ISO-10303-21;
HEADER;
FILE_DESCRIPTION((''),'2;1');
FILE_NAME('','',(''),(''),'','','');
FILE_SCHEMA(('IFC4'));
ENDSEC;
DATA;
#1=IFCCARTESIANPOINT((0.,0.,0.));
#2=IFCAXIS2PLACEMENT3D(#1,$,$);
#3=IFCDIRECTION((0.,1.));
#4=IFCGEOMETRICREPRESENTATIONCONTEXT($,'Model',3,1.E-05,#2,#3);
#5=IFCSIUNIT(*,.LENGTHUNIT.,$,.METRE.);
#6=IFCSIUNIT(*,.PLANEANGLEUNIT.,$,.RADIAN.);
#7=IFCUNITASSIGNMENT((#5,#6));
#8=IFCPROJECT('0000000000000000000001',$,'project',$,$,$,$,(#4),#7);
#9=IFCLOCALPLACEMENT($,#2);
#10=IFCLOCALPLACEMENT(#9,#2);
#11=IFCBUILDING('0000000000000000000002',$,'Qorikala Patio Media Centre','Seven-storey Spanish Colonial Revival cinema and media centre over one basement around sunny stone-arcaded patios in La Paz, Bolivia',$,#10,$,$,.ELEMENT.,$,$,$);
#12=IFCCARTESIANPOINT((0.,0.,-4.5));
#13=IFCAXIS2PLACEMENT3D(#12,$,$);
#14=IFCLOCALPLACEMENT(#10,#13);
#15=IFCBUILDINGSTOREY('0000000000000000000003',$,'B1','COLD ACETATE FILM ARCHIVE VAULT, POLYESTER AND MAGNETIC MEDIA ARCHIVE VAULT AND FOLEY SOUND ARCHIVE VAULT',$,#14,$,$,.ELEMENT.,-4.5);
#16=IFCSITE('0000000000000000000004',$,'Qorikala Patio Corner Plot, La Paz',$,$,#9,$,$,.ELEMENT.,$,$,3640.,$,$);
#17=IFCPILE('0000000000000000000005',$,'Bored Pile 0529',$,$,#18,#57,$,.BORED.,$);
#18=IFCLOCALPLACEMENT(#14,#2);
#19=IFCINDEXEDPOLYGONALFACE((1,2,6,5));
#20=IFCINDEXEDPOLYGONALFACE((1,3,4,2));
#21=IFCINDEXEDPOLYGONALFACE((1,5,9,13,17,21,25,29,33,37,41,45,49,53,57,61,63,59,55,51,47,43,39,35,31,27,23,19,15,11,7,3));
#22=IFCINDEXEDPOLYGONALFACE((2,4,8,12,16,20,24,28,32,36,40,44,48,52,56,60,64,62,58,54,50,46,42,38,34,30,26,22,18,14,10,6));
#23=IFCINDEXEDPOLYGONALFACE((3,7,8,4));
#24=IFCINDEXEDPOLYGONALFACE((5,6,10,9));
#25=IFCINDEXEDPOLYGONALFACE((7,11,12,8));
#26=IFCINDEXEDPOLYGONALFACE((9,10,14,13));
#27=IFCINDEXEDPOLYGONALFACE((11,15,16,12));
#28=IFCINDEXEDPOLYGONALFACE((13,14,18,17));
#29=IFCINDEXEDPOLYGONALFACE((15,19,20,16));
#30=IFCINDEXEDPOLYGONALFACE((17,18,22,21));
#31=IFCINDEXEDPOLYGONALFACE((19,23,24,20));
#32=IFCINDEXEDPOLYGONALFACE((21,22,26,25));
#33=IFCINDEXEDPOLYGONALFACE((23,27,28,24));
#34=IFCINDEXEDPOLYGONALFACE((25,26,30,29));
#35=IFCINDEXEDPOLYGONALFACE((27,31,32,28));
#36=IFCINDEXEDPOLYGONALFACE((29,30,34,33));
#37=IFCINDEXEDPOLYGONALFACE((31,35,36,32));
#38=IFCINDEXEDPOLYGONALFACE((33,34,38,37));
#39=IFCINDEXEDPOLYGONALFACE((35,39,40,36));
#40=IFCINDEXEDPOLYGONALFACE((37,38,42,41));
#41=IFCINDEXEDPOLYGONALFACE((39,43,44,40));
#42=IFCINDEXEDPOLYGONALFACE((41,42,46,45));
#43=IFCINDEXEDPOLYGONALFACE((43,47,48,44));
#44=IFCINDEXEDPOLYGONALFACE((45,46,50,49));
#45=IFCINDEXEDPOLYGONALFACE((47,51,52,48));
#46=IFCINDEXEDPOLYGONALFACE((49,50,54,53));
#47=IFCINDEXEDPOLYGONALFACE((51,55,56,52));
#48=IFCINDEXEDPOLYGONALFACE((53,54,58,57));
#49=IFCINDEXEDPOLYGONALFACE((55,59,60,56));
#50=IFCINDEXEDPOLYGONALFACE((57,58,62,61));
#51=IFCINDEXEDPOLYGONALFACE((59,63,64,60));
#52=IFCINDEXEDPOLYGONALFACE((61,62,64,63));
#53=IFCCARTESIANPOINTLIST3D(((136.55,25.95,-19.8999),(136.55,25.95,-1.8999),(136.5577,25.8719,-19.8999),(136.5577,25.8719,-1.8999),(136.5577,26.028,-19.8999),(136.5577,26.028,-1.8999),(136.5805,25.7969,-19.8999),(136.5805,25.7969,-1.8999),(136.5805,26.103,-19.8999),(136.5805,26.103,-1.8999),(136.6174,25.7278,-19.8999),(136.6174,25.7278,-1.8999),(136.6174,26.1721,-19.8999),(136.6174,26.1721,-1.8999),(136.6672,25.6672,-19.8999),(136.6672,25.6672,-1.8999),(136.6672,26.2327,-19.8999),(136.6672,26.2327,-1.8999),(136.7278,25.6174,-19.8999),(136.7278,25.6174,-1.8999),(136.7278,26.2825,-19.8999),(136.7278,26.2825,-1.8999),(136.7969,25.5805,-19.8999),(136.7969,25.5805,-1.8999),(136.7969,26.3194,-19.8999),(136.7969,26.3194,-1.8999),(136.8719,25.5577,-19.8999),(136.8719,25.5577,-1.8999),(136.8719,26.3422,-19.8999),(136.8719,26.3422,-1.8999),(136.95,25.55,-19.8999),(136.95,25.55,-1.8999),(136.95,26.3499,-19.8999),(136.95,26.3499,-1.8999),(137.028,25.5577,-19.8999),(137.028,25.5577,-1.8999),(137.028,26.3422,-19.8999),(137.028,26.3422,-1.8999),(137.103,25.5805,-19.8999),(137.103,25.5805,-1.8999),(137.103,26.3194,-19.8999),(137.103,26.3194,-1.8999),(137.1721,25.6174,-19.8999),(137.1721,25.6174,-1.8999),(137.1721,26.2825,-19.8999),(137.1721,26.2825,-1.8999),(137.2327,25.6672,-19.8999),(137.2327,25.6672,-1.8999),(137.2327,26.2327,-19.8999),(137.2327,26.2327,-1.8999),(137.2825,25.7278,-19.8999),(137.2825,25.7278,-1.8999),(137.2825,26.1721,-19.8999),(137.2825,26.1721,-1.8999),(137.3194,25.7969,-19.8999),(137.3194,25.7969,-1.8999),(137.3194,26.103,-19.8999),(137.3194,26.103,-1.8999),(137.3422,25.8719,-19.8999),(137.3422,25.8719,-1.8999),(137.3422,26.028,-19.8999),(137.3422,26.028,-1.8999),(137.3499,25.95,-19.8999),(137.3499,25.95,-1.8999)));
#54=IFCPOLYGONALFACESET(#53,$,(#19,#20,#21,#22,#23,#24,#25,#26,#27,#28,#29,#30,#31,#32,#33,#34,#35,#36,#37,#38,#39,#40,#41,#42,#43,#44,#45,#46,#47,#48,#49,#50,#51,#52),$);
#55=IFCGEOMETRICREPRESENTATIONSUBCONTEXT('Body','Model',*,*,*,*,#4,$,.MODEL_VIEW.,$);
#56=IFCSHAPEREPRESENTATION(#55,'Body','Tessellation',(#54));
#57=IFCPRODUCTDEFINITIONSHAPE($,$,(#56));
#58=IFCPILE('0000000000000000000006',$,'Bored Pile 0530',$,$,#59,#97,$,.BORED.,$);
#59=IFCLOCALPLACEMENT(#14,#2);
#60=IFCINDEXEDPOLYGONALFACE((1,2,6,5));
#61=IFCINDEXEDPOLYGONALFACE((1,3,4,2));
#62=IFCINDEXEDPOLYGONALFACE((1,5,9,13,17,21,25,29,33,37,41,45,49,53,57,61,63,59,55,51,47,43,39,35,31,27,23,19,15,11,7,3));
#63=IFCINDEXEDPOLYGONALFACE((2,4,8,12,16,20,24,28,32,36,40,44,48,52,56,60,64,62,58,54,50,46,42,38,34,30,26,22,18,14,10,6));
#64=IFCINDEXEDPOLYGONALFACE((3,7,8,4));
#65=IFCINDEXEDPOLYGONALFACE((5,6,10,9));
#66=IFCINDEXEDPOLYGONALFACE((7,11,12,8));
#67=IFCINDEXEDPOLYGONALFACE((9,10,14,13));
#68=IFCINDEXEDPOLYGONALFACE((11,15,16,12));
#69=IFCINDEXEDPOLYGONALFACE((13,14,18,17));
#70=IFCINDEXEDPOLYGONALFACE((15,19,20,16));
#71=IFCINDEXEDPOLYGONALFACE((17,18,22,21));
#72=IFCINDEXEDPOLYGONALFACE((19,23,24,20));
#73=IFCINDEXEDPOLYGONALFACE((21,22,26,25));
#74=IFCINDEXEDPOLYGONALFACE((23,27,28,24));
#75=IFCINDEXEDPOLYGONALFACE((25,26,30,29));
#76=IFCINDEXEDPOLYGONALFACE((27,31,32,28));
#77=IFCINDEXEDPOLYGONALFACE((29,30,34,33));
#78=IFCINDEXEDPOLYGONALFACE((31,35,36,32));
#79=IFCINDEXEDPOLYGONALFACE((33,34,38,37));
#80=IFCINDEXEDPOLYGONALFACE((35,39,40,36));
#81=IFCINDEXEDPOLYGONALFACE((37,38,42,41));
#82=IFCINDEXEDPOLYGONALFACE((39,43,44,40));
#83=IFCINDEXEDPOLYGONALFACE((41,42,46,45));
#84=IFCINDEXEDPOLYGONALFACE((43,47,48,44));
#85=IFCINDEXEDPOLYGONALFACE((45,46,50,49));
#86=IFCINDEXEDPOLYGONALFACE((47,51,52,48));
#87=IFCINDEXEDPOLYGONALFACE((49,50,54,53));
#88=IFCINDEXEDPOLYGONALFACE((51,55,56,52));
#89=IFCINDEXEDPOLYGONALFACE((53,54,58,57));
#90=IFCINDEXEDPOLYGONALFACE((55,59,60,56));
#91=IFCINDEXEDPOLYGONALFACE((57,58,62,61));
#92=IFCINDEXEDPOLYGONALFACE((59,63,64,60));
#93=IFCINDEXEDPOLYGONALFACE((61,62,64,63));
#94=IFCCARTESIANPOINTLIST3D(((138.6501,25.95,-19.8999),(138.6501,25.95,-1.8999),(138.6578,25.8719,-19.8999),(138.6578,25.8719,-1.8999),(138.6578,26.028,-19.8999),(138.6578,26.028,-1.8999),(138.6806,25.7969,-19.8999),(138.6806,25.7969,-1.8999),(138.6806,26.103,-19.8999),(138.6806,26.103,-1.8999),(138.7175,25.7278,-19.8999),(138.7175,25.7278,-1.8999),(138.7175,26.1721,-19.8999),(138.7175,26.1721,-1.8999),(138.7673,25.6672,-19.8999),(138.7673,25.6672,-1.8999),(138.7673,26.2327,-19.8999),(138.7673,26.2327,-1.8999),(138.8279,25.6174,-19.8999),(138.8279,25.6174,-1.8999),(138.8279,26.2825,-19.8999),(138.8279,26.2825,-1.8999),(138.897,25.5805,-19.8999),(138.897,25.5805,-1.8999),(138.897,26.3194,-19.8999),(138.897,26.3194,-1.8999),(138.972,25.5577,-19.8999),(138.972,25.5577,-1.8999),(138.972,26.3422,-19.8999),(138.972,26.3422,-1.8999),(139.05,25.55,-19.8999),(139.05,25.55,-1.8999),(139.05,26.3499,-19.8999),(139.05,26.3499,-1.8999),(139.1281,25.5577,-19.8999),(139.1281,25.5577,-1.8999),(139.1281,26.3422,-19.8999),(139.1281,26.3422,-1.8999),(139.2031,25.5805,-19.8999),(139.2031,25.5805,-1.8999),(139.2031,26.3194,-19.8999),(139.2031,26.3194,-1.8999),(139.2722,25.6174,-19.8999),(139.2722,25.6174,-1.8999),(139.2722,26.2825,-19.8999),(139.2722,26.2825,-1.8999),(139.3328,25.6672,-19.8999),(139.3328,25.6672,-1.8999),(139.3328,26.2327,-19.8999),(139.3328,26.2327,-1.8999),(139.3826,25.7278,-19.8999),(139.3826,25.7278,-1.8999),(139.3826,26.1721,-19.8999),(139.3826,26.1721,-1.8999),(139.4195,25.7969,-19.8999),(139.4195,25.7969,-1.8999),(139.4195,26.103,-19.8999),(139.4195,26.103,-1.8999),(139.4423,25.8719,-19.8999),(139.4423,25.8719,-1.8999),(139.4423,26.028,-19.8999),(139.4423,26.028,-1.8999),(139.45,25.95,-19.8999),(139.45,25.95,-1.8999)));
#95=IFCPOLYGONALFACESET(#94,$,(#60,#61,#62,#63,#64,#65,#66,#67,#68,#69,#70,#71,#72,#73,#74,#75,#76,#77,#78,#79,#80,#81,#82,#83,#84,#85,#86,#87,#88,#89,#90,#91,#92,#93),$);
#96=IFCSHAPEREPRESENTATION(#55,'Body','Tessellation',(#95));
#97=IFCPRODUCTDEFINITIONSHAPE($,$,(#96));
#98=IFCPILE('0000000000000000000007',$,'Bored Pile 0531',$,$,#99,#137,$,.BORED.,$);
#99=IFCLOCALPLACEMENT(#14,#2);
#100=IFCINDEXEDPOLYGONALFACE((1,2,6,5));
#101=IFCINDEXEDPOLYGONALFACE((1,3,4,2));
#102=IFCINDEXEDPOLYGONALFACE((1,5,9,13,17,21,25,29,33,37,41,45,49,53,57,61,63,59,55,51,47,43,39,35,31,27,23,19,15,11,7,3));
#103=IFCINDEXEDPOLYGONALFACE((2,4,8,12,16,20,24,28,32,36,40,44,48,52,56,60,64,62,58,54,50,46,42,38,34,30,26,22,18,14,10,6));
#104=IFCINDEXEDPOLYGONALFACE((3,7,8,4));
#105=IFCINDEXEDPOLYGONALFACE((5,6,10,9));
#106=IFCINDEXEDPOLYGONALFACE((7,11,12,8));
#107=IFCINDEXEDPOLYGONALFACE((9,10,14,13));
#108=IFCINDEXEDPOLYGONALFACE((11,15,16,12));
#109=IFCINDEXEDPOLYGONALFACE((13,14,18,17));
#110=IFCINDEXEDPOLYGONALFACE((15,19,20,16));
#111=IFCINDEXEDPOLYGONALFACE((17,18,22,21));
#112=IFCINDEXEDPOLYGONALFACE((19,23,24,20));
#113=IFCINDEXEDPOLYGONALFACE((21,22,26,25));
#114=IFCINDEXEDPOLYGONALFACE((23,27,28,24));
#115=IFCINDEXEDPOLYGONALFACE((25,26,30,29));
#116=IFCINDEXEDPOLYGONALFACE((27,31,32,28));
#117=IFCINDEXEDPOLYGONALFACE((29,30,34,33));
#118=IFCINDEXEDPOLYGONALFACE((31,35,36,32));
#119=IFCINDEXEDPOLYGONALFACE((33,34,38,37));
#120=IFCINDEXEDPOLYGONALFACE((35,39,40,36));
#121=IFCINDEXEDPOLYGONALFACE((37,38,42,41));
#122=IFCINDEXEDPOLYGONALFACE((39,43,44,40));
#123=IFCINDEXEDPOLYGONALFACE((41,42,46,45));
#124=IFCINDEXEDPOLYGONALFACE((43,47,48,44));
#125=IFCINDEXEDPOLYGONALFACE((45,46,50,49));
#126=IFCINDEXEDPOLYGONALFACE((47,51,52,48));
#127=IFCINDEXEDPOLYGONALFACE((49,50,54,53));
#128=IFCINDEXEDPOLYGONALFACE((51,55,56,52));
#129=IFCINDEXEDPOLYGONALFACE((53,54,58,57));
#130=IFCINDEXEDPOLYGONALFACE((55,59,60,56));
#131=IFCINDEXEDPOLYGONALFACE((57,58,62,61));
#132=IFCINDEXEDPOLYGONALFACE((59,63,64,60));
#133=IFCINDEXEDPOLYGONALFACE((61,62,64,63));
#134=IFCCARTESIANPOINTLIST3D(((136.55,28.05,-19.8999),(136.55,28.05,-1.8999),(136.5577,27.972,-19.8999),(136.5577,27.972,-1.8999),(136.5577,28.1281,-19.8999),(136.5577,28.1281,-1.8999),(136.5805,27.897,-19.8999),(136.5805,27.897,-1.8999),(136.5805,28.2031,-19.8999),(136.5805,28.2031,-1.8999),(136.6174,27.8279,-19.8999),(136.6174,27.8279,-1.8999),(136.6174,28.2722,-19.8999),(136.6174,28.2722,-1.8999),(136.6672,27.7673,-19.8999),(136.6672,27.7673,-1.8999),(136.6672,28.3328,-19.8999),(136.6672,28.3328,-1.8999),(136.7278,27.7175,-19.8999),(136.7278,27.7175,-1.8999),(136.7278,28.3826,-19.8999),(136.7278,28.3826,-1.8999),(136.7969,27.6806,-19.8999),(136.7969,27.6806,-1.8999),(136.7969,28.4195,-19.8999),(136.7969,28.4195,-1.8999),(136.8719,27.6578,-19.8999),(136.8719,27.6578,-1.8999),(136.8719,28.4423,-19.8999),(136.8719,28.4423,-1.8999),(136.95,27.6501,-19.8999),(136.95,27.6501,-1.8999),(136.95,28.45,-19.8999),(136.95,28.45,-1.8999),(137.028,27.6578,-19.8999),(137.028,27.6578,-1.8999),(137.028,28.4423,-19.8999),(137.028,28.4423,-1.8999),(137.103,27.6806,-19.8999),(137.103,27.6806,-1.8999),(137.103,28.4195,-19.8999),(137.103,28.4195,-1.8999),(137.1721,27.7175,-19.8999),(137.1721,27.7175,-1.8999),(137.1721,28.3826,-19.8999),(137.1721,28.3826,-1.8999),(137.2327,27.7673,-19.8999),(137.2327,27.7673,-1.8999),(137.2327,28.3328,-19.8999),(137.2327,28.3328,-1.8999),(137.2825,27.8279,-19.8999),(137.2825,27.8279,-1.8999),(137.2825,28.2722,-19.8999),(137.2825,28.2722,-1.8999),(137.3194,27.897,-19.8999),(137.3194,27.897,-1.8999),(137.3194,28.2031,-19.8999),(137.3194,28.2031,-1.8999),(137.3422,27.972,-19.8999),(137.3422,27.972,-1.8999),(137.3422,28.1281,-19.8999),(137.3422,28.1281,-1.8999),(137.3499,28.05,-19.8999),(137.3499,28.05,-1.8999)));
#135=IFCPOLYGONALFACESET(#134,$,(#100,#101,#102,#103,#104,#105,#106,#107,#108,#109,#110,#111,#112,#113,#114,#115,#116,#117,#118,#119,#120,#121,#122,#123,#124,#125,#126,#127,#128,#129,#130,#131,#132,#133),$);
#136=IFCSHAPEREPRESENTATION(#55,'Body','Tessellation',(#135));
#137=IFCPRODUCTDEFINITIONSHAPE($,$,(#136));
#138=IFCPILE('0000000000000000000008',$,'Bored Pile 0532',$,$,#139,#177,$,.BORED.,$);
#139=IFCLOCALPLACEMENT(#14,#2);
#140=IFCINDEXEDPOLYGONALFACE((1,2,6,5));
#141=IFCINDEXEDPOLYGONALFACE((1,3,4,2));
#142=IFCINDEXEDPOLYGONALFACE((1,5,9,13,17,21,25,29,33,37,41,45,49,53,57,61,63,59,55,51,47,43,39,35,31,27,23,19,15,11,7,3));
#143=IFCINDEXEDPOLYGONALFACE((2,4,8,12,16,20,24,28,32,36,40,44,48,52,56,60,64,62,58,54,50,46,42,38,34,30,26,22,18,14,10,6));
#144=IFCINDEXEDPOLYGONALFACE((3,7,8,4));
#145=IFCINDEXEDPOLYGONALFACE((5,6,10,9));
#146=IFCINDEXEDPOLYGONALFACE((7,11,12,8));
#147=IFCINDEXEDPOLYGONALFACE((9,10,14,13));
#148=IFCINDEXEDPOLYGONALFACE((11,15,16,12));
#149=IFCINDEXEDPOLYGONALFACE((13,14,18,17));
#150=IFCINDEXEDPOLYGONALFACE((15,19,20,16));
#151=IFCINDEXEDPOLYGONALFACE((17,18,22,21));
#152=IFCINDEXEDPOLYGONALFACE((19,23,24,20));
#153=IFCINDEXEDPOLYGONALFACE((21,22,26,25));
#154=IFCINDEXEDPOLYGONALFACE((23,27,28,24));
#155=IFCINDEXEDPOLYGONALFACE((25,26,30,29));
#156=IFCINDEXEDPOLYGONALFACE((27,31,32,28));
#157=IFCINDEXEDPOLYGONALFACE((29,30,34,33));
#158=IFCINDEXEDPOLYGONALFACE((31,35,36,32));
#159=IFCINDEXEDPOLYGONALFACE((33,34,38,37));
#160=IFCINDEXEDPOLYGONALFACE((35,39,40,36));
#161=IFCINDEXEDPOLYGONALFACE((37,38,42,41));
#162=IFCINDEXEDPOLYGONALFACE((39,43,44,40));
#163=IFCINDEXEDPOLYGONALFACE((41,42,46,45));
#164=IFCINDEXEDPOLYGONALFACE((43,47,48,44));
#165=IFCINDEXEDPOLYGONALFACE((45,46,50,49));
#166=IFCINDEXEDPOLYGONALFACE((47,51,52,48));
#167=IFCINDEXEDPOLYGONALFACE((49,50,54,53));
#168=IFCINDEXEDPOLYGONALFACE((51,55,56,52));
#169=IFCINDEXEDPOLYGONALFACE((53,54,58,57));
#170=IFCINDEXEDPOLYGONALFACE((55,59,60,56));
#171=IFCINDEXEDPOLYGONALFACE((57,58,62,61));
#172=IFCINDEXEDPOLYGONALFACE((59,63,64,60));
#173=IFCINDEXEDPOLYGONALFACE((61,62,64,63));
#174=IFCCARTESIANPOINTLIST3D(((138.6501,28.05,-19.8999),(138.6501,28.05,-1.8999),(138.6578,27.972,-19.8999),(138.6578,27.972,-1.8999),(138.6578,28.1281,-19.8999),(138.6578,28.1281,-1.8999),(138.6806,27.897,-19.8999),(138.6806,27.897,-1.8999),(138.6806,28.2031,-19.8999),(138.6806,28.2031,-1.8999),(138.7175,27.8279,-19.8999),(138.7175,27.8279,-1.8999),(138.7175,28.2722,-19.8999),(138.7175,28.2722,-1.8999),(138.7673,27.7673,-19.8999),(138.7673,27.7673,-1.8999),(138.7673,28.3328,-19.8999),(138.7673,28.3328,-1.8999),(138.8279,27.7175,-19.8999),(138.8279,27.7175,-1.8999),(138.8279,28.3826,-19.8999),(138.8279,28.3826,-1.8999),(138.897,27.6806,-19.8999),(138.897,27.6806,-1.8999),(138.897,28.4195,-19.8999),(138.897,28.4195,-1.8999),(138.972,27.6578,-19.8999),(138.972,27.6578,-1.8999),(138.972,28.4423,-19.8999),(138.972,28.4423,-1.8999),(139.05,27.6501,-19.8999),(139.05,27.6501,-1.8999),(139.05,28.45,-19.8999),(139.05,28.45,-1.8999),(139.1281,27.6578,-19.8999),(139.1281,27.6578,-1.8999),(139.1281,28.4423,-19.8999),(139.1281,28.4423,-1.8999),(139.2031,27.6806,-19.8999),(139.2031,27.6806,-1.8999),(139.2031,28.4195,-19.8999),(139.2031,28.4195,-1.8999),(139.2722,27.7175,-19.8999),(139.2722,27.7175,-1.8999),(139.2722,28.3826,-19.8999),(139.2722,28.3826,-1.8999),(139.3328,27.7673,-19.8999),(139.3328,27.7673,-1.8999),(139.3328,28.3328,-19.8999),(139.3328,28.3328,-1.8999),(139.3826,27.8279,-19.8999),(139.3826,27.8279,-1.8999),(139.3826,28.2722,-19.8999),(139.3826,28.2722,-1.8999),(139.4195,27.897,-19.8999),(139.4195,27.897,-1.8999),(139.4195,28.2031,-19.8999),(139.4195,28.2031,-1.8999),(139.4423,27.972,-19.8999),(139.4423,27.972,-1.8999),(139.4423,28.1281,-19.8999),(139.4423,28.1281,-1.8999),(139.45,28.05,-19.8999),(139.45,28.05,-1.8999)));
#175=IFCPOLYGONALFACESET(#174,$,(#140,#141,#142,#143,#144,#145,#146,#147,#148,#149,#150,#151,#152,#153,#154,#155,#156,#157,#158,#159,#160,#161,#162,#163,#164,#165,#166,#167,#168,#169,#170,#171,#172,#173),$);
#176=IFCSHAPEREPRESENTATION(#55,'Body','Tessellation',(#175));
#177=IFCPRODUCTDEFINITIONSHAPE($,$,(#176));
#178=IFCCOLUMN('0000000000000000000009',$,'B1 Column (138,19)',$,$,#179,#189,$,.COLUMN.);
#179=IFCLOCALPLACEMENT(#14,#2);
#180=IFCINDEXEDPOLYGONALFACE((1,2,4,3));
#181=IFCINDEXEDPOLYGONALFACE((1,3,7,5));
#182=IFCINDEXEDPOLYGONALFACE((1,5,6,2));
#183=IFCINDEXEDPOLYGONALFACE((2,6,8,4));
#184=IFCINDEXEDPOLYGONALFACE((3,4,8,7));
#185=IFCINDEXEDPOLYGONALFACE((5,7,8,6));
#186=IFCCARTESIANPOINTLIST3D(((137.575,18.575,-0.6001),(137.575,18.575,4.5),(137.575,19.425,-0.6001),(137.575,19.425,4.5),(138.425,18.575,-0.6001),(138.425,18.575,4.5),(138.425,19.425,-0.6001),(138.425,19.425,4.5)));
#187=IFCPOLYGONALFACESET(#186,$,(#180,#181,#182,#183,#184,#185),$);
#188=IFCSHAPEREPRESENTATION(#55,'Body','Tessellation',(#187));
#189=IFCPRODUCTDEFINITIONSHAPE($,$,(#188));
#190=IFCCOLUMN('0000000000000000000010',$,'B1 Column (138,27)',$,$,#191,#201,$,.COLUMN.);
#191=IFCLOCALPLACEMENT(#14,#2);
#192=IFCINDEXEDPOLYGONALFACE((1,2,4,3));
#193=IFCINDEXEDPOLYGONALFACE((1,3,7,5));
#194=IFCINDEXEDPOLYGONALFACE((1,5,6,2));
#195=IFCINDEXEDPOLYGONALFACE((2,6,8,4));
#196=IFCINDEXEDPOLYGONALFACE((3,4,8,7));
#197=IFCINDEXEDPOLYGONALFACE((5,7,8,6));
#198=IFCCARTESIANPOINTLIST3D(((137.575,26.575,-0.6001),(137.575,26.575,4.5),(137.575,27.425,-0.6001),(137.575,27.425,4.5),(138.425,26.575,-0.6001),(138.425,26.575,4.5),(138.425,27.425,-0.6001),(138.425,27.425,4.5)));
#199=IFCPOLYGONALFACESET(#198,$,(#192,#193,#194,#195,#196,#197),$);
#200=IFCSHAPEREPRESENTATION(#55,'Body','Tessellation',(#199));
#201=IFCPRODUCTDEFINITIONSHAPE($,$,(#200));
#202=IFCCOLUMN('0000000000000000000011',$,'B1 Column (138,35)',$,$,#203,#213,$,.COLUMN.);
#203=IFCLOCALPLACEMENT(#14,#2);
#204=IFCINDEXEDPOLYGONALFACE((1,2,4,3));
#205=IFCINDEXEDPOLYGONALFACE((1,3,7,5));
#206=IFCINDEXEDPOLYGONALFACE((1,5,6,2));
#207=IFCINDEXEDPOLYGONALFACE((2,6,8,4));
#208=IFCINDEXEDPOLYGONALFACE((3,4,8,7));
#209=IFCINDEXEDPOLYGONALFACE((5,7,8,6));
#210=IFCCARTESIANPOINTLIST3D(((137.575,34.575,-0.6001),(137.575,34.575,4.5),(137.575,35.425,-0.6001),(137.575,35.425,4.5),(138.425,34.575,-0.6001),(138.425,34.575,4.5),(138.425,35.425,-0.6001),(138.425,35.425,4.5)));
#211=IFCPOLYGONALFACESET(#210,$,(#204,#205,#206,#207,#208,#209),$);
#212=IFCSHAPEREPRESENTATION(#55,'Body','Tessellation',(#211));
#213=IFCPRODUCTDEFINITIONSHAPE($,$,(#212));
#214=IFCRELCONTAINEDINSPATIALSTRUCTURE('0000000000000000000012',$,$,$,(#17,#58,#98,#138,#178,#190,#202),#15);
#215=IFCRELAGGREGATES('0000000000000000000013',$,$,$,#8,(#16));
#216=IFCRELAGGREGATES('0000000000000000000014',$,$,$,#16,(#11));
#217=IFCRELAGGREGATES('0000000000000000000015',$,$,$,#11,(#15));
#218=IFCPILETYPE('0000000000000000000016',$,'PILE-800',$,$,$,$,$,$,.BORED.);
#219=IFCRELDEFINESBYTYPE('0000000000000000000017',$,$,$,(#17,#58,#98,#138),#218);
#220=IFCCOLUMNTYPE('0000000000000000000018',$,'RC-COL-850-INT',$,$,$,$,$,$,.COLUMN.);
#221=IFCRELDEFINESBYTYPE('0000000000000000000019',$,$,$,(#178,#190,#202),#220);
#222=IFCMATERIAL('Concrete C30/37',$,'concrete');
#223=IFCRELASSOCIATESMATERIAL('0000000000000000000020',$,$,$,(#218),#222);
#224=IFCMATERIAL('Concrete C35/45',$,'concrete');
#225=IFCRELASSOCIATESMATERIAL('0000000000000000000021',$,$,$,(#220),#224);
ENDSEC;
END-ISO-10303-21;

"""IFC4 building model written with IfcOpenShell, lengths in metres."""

from ifc_helpers import new_model, si_unit, direction, frame, origin, origin_2d, place, context, subcontext, project, spatial, rectangle, circle, extrude, material, material_profile, profile_set, type_object, element, save


model = new_model("IFC4")

# Units and contexts
model_context = context("Model", 3, precision=1e-05, world=origin(), true_north=direction((0.0, 1.0)))
body_context = subcontext(model_context, "Body", "Model", "MODEL_VIEW")
ifc_project = project(units=[si_unit("LENGTHUNIT", "METRE"), si_unit("PLANEANGLEUNIT", "RADIAN")], contexts=[model_context])

# Site, building, storey
site_placement = place(None, origin())
site = spatial("IfcSite", under=ifc_project, at=site_placement, Name="Qorikala Patio Corner Plot, La Paz", CompositionType="ELEMENT", RefElevation=3640.0)
building_placement = place(site_placement, origin())
building = spatial("IfcBuilding", under=site, at=building_placement, Name="Qorikala Patio Media Centre", Description="Seven-storey Spanish Colonial Revival cinema and media centre over one basement around sunny stone-arcaded patios in La Paz, Bolivia", CompositionType="ELEMENT")
storey_placement = place(building_placement, frame((0.0, 0.0, -4.5)))
storey = spatial("IfcBuildingStorey", under=building, at=storey_placement, Name="B1", Description="COLD ACETATE FILM ARCHIVE VAULT, POLYESTER AND MAGNETIC MEDIA ARCHIVE VAULT AND FOLEY SOUND ARCHIVE VAULT", CompositionType="ELEMENT", Elevation=-4.5)

# Shared definitions
ifc_material_1 = material(Name="Concrete C30/37", Category="concrete")

# Piles
ifc_material_profile_1 = material_profile(ifc_material_1, circle(Radius=0.3999, at=origin_2d()), Name="BORED PILE 800")
ifc_profile_set_1 = profile_set([ifc_material_profile_1], Name="Concrete C30/37")
pile_type_1 = type_object("IfcPileType", Name="PILE-800", PredefinedType="BORED", material=ifc_profile_set_1)
for number, where, z_axis, x_axis, name in (
    (1, (136.95, 25.95, -1.8999), (0.0, 0.0, -1.0), (1.0, 0.0, 0.0), "Bored Pile 0529"),
    (2, (139.05, 25.95, -1.8999), (0.0, 0.0, -1.0), (1.0, 0.0, 0.0), "Bored Pile 0530"),
    (3, (136.95, 28.05, -1.8999), (0.0, 0.0, -1.0), (1.0, 0.0, 0.0), "Bored Pile 0531"),
    (4, (139.05, 28.05, -1.8999), (0.0, 0.0, -1.0), (1.0, 0.0, 0.0), "Bored Pile 0532"),
):
    element("IfcPile", number, at=place(storey_placement, frame(where, z_axis=z_axis, x_axis=x_axis)), inside=storey, type_object=pile_type_1, Name=name, PredefinedType="BORED", context=body_context, shape_type="SweptSolid", body=[
        extrude(circle(Radius=0.3999, at=origin_2d()), origin(), (0.0, 0.0, 1.0), 18.0),
    ])

# Columns
ifc_material_2 = material(Name="Concrete C35/45", Category="concrete")
ifc_material_profile_2 = material_profile(ifc_material_2, rectangle(XDim=0.8501, YDim=0.8501, at=origin_2d()), Name="RC 850x850")
ifc_profile_set_2 = profile_set([ifc_material_profile_2], Name="Concrete C35/45")
column_type = type_object("IfcColumnType", Name="RC-COL-850-INT", PredefinedType="COLUMN", material=ifc_profile_set_2)
for number, where, z_axis, x_axis, name in (
    (5, (138.0, 19.0, -0.6001), (0.0, 0.0, 1.0), (1.0, 0.0, 0.0), "B1 Column (138,19)"),
    (6, (138.0, 27.0, -0.6001), (0.0, 0.0, 1.0), (1.0, 0.0, 0.0), "B1 Column (138,27)"),
    (7, (138.0, 35.0, -0.6001), (0.0, 0.0, 1.0), (1.0, 0.0, 0.0), "B1 Column (138,35)"),
):
    element("IfcColumn", number, at=place(storey_placement, frame(where, z_axis=z_axis, x_axis=x_axis)), inside=storey, type_object=column_type, Name=name, PredefinedType="COLUMN", context=body_context, shape_type="SweptSolid", body=[
        extrude(rectangle(XDim=0.8501, YDim=0.8501, at=origin_2d()), origin(), (0.0, 0.0, 1.0), 5.1001),
    ])

save(model, "model.ifc")
